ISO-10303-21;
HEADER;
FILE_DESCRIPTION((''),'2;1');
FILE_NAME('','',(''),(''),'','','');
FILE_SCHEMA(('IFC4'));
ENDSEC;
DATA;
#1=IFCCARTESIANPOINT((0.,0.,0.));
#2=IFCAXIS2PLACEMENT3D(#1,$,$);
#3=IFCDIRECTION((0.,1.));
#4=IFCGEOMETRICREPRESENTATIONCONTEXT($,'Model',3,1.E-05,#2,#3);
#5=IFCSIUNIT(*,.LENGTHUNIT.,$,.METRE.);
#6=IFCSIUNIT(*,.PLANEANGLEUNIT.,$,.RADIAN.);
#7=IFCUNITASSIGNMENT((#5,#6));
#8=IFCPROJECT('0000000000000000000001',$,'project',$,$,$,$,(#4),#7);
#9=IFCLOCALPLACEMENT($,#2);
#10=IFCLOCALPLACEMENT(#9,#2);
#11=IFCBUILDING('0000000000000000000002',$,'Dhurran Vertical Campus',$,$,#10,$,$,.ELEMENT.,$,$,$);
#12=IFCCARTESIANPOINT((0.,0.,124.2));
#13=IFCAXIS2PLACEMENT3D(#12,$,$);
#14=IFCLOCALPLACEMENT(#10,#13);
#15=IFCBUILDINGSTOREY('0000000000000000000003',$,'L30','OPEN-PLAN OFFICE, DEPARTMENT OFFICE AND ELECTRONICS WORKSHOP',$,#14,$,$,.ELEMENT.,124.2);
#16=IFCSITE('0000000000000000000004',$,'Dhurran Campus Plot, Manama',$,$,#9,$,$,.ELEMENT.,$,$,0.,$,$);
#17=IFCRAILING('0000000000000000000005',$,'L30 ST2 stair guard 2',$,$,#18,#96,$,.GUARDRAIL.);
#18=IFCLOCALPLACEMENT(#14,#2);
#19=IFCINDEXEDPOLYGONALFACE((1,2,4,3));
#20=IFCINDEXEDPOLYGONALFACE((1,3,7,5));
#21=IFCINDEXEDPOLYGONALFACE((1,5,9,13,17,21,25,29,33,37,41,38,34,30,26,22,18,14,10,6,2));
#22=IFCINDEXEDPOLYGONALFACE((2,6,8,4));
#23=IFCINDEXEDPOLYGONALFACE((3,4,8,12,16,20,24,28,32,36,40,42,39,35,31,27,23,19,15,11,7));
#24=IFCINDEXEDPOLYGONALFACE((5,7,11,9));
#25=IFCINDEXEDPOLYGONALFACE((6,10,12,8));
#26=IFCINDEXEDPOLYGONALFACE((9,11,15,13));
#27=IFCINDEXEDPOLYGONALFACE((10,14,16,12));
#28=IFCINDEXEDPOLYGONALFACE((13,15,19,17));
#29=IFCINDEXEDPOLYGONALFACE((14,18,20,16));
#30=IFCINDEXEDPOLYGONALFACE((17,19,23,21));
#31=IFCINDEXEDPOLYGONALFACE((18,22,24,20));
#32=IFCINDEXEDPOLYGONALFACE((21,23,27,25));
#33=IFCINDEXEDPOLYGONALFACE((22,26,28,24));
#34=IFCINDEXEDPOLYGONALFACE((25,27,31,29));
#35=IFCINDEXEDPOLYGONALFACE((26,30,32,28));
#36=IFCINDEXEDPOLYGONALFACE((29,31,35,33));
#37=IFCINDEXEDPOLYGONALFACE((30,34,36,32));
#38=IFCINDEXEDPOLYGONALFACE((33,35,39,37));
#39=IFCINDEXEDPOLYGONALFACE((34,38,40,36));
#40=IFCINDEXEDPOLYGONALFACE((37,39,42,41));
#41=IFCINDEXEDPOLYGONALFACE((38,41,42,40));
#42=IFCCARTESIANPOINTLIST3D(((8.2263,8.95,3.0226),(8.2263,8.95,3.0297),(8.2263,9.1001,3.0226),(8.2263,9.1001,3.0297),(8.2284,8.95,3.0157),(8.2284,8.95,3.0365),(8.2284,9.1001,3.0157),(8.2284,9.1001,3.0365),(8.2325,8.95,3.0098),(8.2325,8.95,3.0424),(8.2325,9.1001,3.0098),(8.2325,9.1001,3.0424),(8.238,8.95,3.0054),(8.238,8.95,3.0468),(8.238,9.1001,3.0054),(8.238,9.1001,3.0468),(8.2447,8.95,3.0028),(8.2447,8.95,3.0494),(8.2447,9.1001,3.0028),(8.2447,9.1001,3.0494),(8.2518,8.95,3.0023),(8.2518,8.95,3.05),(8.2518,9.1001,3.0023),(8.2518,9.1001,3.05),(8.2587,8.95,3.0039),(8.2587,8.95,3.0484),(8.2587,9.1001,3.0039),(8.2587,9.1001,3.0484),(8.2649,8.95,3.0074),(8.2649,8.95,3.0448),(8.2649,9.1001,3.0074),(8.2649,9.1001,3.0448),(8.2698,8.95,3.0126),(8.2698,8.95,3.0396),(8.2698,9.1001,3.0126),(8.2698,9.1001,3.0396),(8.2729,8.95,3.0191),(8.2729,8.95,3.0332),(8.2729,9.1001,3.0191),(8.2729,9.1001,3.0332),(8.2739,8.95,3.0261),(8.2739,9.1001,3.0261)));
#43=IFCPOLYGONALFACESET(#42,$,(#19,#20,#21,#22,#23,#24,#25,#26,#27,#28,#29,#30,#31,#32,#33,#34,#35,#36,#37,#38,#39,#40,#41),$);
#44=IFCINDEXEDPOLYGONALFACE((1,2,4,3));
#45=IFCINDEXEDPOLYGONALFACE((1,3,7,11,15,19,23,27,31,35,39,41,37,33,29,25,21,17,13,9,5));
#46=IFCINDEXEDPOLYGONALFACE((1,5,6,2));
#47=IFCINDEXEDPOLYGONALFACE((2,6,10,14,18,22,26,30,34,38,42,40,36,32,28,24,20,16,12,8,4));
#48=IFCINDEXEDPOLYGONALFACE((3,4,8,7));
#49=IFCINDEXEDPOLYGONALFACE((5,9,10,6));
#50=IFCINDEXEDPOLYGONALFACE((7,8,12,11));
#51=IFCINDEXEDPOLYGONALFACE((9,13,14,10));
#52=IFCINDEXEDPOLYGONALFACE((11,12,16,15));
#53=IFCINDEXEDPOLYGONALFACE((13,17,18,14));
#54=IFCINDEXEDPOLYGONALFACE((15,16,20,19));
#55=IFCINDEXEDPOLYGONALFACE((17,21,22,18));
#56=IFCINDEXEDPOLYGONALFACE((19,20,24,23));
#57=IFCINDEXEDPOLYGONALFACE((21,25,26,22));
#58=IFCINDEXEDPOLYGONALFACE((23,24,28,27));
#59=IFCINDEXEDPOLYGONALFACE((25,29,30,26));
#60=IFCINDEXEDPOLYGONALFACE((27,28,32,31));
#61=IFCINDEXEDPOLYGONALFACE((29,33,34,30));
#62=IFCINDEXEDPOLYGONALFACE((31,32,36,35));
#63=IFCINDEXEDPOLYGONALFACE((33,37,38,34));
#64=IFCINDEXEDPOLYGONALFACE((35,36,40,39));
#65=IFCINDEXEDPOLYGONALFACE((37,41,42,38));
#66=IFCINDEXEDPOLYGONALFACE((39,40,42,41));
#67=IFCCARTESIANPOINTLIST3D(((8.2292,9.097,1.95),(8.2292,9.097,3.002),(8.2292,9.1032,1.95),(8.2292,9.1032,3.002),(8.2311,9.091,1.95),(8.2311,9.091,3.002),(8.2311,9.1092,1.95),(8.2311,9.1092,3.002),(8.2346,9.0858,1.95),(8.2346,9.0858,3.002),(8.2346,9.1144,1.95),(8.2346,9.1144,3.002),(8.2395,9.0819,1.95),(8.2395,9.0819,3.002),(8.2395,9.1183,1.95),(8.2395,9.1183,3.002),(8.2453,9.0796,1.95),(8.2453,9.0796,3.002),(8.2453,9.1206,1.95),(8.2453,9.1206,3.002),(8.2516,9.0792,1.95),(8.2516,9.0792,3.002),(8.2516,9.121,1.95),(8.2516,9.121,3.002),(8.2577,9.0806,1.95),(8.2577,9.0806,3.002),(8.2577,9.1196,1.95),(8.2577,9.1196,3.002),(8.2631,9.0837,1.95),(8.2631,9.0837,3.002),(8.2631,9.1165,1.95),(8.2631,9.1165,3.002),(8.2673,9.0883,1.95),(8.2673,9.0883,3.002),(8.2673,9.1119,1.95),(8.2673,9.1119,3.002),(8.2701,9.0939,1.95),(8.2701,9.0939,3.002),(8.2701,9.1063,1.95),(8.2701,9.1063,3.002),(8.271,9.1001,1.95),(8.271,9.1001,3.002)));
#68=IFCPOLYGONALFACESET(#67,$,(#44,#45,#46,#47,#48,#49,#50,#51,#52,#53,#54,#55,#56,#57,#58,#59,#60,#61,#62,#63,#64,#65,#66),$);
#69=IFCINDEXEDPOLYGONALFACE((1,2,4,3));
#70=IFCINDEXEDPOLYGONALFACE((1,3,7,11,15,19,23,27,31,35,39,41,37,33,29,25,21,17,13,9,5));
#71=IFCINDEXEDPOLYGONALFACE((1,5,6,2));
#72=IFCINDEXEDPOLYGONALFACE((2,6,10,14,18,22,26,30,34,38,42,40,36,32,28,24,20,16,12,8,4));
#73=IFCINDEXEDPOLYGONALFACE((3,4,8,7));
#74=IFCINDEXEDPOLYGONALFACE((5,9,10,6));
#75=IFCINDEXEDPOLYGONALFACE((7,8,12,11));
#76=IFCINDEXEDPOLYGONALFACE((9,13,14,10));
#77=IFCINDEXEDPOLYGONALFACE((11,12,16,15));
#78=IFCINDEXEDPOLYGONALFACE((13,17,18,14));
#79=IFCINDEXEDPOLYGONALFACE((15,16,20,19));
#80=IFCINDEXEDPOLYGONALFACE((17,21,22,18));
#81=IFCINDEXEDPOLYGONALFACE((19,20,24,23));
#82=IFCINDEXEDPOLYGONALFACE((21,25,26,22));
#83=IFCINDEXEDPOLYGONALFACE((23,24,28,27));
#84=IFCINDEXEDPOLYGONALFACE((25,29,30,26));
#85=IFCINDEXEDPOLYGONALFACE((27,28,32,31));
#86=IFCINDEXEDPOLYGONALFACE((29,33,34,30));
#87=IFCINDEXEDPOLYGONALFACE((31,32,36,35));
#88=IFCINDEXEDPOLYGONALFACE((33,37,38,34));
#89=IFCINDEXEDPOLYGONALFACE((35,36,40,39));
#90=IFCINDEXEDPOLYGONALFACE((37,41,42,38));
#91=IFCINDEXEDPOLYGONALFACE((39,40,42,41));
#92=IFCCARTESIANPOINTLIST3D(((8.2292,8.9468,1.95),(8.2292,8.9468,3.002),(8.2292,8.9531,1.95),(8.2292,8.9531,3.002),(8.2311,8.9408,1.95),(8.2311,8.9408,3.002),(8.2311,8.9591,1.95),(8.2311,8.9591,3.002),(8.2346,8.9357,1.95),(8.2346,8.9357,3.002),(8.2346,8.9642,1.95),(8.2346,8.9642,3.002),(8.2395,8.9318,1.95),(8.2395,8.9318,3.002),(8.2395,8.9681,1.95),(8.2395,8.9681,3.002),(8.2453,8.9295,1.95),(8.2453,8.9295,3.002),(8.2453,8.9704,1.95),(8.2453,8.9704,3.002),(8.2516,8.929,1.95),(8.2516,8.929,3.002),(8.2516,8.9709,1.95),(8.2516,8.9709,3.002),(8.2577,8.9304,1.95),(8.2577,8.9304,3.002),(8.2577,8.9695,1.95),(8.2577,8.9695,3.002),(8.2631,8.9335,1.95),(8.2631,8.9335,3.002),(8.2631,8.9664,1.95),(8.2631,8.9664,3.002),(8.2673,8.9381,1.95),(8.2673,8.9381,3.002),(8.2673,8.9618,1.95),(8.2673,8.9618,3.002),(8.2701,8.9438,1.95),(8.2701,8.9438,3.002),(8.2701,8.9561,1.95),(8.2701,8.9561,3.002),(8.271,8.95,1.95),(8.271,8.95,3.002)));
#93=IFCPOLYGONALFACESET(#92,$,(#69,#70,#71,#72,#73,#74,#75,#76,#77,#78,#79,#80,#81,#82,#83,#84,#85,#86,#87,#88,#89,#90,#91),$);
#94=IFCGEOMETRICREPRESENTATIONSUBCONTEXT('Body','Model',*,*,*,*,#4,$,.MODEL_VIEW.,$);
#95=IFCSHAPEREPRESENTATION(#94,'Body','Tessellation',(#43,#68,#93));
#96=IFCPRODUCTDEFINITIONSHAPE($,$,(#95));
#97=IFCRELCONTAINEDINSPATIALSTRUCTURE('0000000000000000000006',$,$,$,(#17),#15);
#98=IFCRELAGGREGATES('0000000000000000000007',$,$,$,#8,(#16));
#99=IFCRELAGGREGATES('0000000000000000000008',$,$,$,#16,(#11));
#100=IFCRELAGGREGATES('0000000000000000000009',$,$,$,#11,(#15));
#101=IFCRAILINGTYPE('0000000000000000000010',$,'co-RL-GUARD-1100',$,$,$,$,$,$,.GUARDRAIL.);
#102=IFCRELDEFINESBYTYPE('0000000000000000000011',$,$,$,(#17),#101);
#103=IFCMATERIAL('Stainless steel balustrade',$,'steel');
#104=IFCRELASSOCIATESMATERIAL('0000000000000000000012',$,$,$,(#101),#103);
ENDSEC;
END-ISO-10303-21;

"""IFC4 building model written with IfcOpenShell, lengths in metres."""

from ifc_helpers import new_model, si_unit, direction, frame, origin, origin_2d, place, context, subcontext, project, spatial, circle, extrude, material, type_object, element, save


model = new_model("IFC4")

# Units and contexts
model_context = context("Model", 3, precision=1e-05, world=origin(), true_north=direction((0.0, 1.0)))
body_context = subcontext(model_context, "Body", "Model", "MODEL_VIEW")
ifc_project = project(units=[si_unit("LENGTHUNIT", "METRE"), si_unit("PLANEANGLEUNIT", "RADIAN")], contexts=[model_context])

# Site, building, storey
site_placement = place(None, origin())
site = spatial("IfcSite", under=ifc_project, at=site_placement, Name="Dhurran Campus Plot, Manama", CompositionType="ELEMENT", RefElevation=0.0)
building_placement = place(site_placement, origin())
building = spatial("IfcBuilding", under=site, at=building_placement, Name="Dhurran Vertical Campus", CompositionType="ELEMENT")
storey_placement = place(building_placement, frame((0.0, 0.0, 124.2)))
storey = spatial("IfcBuildingStorey", under=building, at=storey_placement, Name="L30", Description="OPEN-PLAN OFFICE, DEPARTMENT OFFICE AND ELECTRONICS WORKSHOP", CompositionType="ELEMENT", Elevation=124.2)

# Railing
ifc_material_1 = material(Name="Stainless steel balustrade", Category="steel")
railing_type_1 = type_object("IfcRailingType", Name="co-RL-GUARD-1100", PredefinedType="GUARDRAIL", material=ifc_material_1)
railing_1_placement = place(storey_placement, frame((8.25, 9.1001, 1.95)))
element("IfcRailing", 1, at=railing_1_placement, inside=storey, type_object=railing_type_1, Name="L30 ST2 stair guard 2", PredefinedType="GUARDRAIL", context=body_context, shape_type="SweptSolid", body=[
    extrude(circle(Radius=0.0239, at=origin_2d()), frame((0.0, 0.0, 1.0762), z_axis=(0.0, -1.0, 0.0), x_axis=(1.0, 0.0, 0.0)), (0.0, 0.0, 1.0), 0.1501),
    extrude(circle(Radius=0.021, at=origin_2d()), origin(), (0.0, 0.0, 1.0), 1.052),
    extrude(circle(Radius=0.021, at=origin_2d()), frame((0.0, -0.1501, 0.0)), (0.0, 0.0, 1.0), 1.052),
])

save(model, "model.ifc")
